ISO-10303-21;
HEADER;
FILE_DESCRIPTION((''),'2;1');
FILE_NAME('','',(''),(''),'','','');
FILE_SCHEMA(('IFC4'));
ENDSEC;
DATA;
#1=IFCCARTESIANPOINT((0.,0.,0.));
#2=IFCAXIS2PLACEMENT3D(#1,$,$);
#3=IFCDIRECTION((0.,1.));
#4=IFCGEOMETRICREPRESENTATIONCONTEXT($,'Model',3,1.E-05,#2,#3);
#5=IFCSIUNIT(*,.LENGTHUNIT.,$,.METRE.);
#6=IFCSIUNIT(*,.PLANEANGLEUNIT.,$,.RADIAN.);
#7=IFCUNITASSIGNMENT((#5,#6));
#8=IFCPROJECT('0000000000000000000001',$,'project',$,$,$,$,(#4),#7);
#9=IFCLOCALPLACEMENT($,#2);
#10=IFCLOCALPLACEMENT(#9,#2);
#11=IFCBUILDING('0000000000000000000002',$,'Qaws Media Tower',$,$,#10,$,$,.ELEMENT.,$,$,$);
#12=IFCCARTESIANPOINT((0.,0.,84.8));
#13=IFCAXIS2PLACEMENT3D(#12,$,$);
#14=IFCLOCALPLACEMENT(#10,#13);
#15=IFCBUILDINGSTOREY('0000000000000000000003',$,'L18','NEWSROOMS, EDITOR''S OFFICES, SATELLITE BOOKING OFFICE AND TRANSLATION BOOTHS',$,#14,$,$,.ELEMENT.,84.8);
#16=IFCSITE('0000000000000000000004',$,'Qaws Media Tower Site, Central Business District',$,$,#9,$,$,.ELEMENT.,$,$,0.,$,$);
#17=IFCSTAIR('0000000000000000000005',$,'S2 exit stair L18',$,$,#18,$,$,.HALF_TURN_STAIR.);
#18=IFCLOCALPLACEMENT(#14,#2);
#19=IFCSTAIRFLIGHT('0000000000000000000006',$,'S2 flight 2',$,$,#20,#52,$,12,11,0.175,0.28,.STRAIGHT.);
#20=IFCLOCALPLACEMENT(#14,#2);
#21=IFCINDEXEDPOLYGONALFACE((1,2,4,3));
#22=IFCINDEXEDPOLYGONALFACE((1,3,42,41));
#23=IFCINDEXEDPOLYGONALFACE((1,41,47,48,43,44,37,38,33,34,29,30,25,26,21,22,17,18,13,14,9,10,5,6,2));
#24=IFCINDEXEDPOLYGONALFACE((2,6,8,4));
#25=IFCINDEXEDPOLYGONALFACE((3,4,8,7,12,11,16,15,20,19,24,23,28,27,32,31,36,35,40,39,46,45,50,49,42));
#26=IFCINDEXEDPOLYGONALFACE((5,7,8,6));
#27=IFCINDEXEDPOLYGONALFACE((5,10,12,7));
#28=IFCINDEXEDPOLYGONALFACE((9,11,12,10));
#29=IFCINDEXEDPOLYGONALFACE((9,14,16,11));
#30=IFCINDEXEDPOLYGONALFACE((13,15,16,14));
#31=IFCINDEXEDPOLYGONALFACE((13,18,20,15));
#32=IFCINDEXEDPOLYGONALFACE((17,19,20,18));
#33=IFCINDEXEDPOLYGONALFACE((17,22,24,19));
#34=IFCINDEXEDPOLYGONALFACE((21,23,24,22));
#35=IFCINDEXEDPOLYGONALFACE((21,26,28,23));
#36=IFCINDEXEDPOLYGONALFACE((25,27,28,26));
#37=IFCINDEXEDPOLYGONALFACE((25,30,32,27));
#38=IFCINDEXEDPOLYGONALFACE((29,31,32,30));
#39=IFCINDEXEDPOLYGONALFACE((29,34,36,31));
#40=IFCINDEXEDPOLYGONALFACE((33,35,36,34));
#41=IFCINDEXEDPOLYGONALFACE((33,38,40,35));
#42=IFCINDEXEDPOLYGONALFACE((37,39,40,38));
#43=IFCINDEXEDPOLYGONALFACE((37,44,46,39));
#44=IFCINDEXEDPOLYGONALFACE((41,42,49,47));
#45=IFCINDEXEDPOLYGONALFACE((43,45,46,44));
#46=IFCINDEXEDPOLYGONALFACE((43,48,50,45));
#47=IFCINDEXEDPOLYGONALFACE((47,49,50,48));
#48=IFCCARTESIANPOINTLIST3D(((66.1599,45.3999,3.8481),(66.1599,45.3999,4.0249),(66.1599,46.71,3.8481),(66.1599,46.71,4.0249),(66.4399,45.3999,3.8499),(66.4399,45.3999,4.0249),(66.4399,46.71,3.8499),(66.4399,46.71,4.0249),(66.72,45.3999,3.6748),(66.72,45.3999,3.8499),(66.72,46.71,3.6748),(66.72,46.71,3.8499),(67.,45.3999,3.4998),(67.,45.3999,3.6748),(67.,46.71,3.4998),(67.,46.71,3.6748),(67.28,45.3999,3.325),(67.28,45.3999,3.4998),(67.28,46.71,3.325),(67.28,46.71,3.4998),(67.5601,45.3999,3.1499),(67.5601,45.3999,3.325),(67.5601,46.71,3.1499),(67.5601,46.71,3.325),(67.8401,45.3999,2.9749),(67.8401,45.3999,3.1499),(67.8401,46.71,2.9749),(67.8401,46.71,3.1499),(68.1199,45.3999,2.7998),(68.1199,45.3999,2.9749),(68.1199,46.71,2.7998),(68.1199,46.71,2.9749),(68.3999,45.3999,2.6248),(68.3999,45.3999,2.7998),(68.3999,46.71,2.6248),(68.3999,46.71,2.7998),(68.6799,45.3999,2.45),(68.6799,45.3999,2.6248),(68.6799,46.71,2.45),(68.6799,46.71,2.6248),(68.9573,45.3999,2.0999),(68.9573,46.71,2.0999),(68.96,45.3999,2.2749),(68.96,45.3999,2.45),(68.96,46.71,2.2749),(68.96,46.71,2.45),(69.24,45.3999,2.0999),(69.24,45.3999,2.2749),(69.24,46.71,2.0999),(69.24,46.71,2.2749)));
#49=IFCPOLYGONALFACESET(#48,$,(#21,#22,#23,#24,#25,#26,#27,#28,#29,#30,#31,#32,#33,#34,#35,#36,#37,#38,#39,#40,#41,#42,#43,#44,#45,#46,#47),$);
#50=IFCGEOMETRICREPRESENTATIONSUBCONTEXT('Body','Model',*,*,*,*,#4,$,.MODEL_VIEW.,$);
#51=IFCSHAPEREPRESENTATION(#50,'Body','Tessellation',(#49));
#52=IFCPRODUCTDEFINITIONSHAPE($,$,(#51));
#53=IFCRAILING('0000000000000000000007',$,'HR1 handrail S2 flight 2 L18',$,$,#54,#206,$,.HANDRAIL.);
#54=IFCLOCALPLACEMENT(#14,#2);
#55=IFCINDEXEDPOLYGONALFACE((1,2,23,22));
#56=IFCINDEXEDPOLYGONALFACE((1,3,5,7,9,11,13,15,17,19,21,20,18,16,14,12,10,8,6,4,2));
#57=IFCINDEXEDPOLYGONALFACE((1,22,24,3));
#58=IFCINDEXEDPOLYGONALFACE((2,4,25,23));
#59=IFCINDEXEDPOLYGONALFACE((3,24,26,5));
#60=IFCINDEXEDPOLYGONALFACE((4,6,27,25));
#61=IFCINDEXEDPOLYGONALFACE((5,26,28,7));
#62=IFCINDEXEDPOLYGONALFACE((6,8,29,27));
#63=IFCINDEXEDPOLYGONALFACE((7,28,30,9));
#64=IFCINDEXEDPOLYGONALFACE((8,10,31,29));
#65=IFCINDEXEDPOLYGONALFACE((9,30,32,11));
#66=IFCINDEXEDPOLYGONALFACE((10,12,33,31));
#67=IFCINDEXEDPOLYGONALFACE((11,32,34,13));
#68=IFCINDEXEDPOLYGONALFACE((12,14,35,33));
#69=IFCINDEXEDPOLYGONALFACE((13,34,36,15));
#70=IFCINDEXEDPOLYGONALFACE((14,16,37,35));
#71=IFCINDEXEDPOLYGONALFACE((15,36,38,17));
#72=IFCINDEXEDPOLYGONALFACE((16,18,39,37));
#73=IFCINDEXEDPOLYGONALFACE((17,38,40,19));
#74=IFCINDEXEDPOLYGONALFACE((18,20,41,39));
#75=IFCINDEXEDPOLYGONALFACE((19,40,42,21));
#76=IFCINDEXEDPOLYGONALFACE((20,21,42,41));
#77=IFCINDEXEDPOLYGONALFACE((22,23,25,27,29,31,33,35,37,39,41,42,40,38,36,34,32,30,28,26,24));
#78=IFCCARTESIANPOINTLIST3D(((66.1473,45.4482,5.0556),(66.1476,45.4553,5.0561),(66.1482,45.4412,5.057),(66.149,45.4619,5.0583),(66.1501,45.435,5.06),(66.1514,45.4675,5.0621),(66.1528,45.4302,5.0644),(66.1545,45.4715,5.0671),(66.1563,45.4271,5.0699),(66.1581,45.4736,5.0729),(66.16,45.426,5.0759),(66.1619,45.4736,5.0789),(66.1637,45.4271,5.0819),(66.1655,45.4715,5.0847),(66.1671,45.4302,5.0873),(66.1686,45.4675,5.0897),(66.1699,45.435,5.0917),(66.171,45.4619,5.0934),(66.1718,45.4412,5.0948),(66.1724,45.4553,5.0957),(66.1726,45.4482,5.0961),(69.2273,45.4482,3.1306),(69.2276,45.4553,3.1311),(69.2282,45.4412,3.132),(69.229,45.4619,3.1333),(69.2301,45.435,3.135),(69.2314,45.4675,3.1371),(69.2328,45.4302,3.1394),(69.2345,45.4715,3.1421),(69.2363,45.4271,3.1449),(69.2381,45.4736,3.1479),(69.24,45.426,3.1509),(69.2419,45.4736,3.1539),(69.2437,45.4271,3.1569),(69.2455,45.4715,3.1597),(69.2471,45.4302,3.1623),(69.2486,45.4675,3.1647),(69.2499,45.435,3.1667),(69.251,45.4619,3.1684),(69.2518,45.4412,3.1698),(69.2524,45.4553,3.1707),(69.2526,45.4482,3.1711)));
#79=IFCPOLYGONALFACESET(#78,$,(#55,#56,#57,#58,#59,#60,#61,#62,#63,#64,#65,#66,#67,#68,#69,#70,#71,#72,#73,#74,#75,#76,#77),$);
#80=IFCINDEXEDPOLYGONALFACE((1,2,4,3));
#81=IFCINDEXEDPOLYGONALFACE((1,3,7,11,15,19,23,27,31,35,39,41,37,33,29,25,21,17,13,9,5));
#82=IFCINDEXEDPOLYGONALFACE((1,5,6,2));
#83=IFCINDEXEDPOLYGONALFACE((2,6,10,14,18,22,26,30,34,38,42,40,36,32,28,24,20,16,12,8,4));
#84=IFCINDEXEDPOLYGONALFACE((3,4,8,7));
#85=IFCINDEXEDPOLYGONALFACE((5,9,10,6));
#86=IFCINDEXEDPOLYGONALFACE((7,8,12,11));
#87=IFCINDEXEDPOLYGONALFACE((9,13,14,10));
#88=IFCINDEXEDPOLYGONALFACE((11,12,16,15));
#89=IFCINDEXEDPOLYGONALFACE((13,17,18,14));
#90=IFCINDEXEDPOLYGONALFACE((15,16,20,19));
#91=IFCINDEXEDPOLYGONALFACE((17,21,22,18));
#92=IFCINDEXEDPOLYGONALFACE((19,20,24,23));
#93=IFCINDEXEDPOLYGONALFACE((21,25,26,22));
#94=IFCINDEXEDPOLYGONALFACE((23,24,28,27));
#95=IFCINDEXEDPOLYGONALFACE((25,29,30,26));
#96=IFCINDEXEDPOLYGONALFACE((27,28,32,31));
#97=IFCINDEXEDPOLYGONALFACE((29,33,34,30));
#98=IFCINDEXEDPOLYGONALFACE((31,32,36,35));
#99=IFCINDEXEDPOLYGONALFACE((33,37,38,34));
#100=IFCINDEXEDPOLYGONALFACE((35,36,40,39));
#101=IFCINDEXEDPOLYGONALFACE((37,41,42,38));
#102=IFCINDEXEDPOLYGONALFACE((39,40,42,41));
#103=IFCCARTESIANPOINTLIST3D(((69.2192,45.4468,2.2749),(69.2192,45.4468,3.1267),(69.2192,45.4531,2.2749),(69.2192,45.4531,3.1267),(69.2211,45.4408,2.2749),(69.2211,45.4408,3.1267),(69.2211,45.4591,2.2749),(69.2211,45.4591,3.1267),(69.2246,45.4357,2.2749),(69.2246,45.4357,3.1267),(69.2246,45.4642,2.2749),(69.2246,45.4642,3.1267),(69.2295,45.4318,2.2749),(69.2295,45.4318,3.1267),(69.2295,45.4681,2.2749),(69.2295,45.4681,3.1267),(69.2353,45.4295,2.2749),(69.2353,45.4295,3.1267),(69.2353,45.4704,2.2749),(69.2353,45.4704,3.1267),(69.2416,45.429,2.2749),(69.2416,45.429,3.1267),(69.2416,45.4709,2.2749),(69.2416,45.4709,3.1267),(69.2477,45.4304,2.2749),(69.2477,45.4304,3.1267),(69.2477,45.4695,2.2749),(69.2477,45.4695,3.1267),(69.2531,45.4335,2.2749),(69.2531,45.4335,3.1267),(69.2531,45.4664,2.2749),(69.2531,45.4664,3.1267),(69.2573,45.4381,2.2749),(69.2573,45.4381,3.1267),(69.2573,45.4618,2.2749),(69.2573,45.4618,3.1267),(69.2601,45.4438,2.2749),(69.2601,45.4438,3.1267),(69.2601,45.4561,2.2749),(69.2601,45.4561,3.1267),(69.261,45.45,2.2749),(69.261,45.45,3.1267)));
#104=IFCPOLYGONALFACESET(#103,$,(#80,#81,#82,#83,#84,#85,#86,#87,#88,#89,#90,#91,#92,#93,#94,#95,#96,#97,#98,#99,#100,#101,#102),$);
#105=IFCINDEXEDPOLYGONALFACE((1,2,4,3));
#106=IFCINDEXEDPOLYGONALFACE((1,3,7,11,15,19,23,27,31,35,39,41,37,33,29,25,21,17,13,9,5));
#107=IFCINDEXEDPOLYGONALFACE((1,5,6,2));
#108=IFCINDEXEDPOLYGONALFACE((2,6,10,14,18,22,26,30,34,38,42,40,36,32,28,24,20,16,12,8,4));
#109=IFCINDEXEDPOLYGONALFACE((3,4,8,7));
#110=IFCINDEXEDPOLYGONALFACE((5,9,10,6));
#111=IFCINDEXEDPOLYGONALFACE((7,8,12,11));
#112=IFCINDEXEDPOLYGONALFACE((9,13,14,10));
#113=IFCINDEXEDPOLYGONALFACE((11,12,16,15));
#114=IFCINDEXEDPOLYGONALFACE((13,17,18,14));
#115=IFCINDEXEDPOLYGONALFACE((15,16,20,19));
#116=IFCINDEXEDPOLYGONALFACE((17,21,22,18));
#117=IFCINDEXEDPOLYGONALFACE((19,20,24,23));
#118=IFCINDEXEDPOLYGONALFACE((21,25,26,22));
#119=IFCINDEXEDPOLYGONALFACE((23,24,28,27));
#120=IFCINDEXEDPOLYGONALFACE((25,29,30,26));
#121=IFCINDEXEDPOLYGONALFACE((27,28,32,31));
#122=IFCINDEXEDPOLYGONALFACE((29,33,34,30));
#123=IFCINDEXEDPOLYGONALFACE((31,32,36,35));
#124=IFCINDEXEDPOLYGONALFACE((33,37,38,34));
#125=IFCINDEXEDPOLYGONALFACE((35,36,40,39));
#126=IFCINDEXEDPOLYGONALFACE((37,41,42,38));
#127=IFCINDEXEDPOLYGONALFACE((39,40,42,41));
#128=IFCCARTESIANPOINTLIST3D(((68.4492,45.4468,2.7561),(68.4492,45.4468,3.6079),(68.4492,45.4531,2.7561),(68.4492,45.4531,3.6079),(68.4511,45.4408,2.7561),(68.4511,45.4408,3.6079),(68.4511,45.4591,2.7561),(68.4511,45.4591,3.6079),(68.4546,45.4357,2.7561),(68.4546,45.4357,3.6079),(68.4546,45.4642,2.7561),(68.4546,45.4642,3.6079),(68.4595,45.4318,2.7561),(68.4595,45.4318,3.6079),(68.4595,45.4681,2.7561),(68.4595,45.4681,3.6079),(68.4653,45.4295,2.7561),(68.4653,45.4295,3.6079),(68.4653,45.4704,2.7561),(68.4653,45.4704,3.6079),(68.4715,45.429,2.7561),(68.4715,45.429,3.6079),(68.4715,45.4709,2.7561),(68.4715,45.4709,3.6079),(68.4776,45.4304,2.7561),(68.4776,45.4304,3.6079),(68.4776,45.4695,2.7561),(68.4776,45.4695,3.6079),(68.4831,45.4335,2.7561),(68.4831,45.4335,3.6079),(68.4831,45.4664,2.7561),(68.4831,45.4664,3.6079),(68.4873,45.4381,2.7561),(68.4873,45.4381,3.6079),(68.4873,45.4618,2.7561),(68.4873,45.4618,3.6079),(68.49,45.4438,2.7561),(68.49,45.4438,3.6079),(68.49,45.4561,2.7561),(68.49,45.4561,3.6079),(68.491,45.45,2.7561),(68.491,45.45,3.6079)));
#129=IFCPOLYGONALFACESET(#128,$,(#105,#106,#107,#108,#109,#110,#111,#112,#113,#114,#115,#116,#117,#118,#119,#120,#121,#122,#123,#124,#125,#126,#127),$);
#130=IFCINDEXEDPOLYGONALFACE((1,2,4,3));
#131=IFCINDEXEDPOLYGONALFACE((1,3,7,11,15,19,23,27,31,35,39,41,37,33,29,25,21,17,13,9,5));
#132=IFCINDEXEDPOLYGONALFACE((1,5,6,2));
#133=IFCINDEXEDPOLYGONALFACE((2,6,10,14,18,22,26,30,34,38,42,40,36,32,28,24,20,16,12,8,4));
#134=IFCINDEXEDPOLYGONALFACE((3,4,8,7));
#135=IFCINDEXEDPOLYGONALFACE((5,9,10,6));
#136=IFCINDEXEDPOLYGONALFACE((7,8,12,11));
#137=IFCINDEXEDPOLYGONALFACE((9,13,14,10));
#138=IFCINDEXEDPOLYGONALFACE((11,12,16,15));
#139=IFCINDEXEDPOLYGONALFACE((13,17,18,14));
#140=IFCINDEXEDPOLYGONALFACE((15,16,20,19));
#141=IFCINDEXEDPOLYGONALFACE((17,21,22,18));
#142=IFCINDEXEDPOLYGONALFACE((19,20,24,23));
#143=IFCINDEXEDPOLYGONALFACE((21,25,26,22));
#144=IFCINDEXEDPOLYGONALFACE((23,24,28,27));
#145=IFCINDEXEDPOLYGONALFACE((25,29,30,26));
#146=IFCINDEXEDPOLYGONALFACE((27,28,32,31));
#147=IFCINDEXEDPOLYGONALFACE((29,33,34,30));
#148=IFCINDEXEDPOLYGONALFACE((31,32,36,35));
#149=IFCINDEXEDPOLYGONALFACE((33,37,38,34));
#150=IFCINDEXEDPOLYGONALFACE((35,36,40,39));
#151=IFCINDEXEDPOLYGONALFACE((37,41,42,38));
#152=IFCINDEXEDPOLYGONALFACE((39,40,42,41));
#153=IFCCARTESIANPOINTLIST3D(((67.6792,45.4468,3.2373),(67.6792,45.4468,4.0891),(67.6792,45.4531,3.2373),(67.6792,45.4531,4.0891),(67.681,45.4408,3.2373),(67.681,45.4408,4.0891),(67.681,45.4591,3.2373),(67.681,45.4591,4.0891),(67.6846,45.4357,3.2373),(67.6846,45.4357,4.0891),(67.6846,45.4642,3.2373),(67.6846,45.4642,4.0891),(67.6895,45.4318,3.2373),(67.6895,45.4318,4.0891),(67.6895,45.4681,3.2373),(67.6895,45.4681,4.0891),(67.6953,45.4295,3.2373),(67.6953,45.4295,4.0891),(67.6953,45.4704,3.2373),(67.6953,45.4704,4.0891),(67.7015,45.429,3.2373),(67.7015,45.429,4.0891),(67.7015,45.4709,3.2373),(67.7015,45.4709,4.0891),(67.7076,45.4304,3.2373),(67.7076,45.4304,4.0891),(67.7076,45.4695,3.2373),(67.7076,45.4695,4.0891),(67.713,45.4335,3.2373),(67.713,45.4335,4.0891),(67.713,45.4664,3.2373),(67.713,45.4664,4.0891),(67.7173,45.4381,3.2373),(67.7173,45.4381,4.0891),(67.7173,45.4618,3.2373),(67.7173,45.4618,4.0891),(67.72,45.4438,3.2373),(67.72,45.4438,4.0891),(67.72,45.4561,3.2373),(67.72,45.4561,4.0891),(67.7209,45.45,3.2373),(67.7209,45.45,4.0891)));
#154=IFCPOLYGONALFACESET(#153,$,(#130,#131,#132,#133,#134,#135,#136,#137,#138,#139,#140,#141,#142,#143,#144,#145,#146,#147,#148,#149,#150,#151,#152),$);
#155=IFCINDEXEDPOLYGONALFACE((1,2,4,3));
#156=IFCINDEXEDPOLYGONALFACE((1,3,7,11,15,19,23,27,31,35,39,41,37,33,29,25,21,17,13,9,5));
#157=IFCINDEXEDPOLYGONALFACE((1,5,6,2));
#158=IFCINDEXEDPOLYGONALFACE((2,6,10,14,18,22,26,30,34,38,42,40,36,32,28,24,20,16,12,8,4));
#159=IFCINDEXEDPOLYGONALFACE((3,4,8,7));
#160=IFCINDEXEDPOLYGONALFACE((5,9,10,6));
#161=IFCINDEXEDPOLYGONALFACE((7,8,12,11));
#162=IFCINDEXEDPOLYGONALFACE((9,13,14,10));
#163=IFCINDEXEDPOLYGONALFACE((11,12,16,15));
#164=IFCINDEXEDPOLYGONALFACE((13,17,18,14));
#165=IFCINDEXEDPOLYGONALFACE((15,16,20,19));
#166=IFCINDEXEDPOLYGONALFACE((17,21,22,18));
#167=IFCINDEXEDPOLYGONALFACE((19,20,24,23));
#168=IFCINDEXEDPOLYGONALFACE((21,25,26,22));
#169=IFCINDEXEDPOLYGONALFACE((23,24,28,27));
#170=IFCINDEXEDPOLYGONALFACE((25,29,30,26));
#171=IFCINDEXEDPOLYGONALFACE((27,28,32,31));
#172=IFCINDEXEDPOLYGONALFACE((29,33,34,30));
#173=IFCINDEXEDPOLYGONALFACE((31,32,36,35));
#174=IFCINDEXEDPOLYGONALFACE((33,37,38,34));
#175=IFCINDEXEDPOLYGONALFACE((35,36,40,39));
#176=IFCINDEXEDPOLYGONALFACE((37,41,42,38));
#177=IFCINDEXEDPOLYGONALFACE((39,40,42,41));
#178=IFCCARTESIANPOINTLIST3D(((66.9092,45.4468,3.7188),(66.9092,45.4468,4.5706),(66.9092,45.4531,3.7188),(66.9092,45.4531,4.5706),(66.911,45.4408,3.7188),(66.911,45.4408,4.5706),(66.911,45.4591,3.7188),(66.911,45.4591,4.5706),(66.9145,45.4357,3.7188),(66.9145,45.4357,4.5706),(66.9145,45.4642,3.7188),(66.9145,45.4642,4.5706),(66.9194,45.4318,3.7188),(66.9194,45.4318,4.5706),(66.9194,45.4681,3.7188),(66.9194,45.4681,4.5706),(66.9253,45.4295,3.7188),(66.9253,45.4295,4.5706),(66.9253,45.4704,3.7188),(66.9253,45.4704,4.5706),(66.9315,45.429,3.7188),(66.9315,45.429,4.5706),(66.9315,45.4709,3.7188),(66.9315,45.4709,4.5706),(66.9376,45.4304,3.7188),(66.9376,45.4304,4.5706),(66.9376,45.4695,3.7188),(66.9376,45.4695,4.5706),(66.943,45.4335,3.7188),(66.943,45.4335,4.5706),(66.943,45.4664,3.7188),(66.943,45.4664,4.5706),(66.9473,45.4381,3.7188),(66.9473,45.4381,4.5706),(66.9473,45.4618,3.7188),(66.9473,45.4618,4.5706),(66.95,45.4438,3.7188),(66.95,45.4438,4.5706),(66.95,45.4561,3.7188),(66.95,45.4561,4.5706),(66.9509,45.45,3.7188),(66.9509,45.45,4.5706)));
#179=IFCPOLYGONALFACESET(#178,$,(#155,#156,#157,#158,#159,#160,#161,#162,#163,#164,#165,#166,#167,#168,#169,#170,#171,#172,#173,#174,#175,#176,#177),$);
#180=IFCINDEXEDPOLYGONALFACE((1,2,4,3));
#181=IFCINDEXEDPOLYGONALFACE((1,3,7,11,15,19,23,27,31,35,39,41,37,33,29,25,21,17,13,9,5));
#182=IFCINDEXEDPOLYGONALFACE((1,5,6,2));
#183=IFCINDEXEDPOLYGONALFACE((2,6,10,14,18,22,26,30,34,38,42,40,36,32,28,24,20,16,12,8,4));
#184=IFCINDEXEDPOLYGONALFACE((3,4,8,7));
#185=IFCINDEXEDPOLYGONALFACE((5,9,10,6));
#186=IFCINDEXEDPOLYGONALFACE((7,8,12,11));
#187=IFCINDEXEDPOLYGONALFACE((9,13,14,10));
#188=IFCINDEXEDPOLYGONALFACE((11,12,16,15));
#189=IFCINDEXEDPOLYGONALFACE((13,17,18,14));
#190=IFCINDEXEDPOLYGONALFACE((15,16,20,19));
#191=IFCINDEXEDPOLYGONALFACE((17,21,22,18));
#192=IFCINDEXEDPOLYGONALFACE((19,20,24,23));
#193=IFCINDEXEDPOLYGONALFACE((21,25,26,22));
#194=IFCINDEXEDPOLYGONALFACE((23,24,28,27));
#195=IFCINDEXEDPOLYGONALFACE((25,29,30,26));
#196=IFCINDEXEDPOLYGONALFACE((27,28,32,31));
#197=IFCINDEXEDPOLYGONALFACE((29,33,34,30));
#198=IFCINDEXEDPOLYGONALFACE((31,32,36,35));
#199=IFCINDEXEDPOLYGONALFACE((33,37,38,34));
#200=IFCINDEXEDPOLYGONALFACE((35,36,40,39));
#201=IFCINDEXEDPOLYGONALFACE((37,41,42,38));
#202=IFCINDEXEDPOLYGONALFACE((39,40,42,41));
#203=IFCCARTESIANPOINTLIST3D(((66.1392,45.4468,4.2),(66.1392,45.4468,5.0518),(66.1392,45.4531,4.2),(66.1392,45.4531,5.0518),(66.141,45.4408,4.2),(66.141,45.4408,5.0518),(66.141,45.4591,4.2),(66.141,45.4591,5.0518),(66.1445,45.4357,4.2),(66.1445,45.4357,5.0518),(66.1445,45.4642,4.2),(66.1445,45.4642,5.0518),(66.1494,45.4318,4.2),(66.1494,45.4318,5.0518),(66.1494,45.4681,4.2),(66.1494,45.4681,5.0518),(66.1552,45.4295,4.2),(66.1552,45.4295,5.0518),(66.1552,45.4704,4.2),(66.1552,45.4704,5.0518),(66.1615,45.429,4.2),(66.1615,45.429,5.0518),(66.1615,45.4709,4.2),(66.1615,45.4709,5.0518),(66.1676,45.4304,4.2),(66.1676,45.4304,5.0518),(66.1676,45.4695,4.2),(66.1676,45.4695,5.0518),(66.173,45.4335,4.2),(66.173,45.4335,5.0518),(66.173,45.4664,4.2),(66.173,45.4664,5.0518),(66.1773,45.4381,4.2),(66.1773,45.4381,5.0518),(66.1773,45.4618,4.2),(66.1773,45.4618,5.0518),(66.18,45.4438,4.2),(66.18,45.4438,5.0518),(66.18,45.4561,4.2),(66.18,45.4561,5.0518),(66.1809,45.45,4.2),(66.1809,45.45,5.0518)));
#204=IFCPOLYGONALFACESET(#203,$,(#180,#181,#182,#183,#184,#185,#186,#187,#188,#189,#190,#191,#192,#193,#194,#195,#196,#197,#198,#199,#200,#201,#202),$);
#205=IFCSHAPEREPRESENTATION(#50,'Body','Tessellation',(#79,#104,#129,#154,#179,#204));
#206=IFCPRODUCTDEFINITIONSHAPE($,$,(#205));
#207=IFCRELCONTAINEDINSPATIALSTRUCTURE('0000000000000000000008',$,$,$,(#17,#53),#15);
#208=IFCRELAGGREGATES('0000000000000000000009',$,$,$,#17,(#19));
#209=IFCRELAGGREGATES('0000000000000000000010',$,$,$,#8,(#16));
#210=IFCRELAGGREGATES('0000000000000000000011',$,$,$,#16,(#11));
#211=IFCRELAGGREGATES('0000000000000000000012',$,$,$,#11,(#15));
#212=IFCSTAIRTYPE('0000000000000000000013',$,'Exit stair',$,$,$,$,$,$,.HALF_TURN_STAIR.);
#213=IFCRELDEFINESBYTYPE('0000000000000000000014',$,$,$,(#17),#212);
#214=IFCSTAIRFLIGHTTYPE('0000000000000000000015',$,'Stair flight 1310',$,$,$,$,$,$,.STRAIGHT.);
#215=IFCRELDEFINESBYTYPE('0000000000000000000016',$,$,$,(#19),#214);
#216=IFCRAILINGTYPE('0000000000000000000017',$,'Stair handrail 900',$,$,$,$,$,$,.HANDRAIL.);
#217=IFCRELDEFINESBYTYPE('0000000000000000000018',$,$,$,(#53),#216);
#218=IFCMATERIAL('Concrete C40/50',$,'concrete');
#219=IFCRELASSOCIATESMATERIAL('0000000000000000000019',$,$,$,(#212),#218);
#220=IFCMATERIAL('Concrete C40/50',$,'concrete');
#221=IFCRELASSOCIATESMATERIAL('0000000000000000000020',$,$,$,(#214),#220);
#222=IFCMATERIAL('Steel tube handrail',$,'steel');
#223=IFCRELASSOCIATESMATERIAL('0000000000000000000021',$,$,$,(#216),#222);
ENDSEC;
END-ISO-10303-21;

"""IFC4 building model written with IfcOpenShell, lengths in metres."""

from ifc_helpers import new_model, si_unit, direction, frame, origin, origin_2d, place, context, subcontext, project, spatial, polyline, circle, outline, extrude, material, type_object, element, aggregate, save


model = new_model("IFC4")

# Units and contexts
model_context = context("Model", 3, precision=1e-05, world=origin(), true_north=direction((0.0, 1.0)))
body_context = subcontext(model_context, "Body", "Model", "MODEL_VIEW")
ifc_project = project(units=[si_unit("LENGTHUNIT", "METRE"), si_unit("PLANEANGLEUNIT", "RADIAN")], contexts=[model_context])

# Site, building, storey
site_placement = place(None, origin())
site = spatial("IfcSite", under=ifc_project, at=site_placement, Name="Qaws Media Tower Site, Central Business District", CompositionType="ELEMENT", RefElevation=0.0)
building_placement = place(site_placement, origin())
building = spatial("IfcBuilding", under=site, at=building_placement, Name="Qaws Media Tower", CompositionType="ELEMENT")
storey_placement = place(building_placement, frame((0.0, 0.0, 84.8)))
storey = spatial("IfcBuildingStorey", under=building, at=storey_placement, Name="L18", Description="NEWSROOMS, EDITOR'S OFFICES, SATELLITE BOOKING OFFICE AND TRANSLATION BOOTHS", CompositionType="ELEMENT", Elevation=84.8)

# Stair, stair flight
ifc_material_1 = material(Name="Concrete C40/50", Category="concrete")
stair_type = type_object("IfcStairType", Name="Exit stair", PredefinedType="HALF_TURN_STAIR", material=ifc_material_1)
stair_placement = place(storey_placement, origin())
stair = element("IfcStair", 1, at=stair_placement, inside=storey, type_object=stair_type, Name="S2 exit stair L18", PredefinedType="HALF_TURN_STAIR")
ifc_material_2 = material(Name="Concrete C40/50", Category="concrete")
stair_flight_type = type_object("IfcStairFlightType", Name="Stair flight 1310", PredefinedType="STRAIGHT", material=ifc_material_2)
stair_flight_placement = place(storey_placement, frame((69.24, 46.0549, 2.0999), z_axis=(0.0, 0.0, 1.0), x_axis=(-1.0, 0.0, 0.0)))
stair_flight = element("IfcStairFlight", 2, at=stair_flight_placement, type_object=stair_flight_type, Name="S2 flight 2", NumberOfRisers=12, NumberOfTreads=11, PredefinedType="STRAIGHT", RiserHeight=0.175, TreadLength=0.28, context=body_context, shape_type="SweptSolid", body=[
    extrude(outline(polyline([(0.0, 0.0), (0.0, 0.175), (0.28, 0.175), (0.28, 0.3501), (0.5601, 0.3501), (0.5601, 0.5249), (0.8401, 0.5249), (0.8401, 0.7), (1.1201, 0.7), (1.1201, 0.875), (1.3999, 0.875), (1.3999, 1.05), (1.6799, 1.05), (1.6799, 1.2251), (1.96, 1.2251), (1.96, 1.3999), (2.24, 1.3999), (2.24, 1.575), (2.52, 1.575), (2.52, 1.75), (2.8, 1.75), (2.8, 1.925), (3.0801, 1.925), (3.0801, 2.1001), (3.0801, 1.7483), (0.2827, 0.0), (0.0, 0.0)])), frame((0.0, 0.655, 0.0), z_axis=(0.0, -1.0, 0.0), x_axis=(1.0, 0.0, 0.0)), (0.0, 0.0, 1.0), 1.3101),
])
aggregate(stair, [stair_flight])

# Railing
ifc_material_3 = material(Name="Steel tube handrail", Category="steel")
railing_type = type_object("IfcRailingType", Name="Stair handrail 900", PredefinedType="HANDRAIL", material=ifc_material_3)
for number, where, name in (
    (3, (69.24, 45.45, 2.2749), "HR1 handrail S2 flight 2 L18"),
):
    element("IfcRailing", number, at=place(storey_placement, frame(where)), inside=storey, type_object=railing_type, Name=name, PredefinedType="HANDRAIL", context=body_context, shape_type="SweptSolid", body=[
        extrude(circle(Radius=0.0239, at=origin_2d()), frame((0.0, 0.0, 0.876), z_axis=(-0.847998, 0.0, 0.529999), x_axis=(0.0, -1.0, 0.0)), (0.0, 0.0, 1.0), 3.6321),
        extrude(circle(Radius=0.021, at=origin_2d()), origin(), (0.0, 0.0, 1.0), 0.8518),
        extrude(circle(Radius=0.021, at=origin_2d()), frame((-0.77, 0.0, 0.4812)), (0.0, 0.0, 1.0), 0.8518),
        extrude(circle(Radius=0.021, at=origin_2d()), frame((-1.54, 0.0, 0.9624)), (0.0, 0.0, 1.0), 0.8518),
        extrude(circle(Radius=0.021, at=origin_2d()), frame((-2.3101, 0.0, 1.4438)), (0.0, 0.0, 1.0), 0.8518),
        extrude(circle(Radius=0.021, at=origin_2d()), frame((-3.0801, 0.0, 1.925)), (0.0, 0.0, 1.0), 0.8518),
    ])

save(model, "model.ifc")
